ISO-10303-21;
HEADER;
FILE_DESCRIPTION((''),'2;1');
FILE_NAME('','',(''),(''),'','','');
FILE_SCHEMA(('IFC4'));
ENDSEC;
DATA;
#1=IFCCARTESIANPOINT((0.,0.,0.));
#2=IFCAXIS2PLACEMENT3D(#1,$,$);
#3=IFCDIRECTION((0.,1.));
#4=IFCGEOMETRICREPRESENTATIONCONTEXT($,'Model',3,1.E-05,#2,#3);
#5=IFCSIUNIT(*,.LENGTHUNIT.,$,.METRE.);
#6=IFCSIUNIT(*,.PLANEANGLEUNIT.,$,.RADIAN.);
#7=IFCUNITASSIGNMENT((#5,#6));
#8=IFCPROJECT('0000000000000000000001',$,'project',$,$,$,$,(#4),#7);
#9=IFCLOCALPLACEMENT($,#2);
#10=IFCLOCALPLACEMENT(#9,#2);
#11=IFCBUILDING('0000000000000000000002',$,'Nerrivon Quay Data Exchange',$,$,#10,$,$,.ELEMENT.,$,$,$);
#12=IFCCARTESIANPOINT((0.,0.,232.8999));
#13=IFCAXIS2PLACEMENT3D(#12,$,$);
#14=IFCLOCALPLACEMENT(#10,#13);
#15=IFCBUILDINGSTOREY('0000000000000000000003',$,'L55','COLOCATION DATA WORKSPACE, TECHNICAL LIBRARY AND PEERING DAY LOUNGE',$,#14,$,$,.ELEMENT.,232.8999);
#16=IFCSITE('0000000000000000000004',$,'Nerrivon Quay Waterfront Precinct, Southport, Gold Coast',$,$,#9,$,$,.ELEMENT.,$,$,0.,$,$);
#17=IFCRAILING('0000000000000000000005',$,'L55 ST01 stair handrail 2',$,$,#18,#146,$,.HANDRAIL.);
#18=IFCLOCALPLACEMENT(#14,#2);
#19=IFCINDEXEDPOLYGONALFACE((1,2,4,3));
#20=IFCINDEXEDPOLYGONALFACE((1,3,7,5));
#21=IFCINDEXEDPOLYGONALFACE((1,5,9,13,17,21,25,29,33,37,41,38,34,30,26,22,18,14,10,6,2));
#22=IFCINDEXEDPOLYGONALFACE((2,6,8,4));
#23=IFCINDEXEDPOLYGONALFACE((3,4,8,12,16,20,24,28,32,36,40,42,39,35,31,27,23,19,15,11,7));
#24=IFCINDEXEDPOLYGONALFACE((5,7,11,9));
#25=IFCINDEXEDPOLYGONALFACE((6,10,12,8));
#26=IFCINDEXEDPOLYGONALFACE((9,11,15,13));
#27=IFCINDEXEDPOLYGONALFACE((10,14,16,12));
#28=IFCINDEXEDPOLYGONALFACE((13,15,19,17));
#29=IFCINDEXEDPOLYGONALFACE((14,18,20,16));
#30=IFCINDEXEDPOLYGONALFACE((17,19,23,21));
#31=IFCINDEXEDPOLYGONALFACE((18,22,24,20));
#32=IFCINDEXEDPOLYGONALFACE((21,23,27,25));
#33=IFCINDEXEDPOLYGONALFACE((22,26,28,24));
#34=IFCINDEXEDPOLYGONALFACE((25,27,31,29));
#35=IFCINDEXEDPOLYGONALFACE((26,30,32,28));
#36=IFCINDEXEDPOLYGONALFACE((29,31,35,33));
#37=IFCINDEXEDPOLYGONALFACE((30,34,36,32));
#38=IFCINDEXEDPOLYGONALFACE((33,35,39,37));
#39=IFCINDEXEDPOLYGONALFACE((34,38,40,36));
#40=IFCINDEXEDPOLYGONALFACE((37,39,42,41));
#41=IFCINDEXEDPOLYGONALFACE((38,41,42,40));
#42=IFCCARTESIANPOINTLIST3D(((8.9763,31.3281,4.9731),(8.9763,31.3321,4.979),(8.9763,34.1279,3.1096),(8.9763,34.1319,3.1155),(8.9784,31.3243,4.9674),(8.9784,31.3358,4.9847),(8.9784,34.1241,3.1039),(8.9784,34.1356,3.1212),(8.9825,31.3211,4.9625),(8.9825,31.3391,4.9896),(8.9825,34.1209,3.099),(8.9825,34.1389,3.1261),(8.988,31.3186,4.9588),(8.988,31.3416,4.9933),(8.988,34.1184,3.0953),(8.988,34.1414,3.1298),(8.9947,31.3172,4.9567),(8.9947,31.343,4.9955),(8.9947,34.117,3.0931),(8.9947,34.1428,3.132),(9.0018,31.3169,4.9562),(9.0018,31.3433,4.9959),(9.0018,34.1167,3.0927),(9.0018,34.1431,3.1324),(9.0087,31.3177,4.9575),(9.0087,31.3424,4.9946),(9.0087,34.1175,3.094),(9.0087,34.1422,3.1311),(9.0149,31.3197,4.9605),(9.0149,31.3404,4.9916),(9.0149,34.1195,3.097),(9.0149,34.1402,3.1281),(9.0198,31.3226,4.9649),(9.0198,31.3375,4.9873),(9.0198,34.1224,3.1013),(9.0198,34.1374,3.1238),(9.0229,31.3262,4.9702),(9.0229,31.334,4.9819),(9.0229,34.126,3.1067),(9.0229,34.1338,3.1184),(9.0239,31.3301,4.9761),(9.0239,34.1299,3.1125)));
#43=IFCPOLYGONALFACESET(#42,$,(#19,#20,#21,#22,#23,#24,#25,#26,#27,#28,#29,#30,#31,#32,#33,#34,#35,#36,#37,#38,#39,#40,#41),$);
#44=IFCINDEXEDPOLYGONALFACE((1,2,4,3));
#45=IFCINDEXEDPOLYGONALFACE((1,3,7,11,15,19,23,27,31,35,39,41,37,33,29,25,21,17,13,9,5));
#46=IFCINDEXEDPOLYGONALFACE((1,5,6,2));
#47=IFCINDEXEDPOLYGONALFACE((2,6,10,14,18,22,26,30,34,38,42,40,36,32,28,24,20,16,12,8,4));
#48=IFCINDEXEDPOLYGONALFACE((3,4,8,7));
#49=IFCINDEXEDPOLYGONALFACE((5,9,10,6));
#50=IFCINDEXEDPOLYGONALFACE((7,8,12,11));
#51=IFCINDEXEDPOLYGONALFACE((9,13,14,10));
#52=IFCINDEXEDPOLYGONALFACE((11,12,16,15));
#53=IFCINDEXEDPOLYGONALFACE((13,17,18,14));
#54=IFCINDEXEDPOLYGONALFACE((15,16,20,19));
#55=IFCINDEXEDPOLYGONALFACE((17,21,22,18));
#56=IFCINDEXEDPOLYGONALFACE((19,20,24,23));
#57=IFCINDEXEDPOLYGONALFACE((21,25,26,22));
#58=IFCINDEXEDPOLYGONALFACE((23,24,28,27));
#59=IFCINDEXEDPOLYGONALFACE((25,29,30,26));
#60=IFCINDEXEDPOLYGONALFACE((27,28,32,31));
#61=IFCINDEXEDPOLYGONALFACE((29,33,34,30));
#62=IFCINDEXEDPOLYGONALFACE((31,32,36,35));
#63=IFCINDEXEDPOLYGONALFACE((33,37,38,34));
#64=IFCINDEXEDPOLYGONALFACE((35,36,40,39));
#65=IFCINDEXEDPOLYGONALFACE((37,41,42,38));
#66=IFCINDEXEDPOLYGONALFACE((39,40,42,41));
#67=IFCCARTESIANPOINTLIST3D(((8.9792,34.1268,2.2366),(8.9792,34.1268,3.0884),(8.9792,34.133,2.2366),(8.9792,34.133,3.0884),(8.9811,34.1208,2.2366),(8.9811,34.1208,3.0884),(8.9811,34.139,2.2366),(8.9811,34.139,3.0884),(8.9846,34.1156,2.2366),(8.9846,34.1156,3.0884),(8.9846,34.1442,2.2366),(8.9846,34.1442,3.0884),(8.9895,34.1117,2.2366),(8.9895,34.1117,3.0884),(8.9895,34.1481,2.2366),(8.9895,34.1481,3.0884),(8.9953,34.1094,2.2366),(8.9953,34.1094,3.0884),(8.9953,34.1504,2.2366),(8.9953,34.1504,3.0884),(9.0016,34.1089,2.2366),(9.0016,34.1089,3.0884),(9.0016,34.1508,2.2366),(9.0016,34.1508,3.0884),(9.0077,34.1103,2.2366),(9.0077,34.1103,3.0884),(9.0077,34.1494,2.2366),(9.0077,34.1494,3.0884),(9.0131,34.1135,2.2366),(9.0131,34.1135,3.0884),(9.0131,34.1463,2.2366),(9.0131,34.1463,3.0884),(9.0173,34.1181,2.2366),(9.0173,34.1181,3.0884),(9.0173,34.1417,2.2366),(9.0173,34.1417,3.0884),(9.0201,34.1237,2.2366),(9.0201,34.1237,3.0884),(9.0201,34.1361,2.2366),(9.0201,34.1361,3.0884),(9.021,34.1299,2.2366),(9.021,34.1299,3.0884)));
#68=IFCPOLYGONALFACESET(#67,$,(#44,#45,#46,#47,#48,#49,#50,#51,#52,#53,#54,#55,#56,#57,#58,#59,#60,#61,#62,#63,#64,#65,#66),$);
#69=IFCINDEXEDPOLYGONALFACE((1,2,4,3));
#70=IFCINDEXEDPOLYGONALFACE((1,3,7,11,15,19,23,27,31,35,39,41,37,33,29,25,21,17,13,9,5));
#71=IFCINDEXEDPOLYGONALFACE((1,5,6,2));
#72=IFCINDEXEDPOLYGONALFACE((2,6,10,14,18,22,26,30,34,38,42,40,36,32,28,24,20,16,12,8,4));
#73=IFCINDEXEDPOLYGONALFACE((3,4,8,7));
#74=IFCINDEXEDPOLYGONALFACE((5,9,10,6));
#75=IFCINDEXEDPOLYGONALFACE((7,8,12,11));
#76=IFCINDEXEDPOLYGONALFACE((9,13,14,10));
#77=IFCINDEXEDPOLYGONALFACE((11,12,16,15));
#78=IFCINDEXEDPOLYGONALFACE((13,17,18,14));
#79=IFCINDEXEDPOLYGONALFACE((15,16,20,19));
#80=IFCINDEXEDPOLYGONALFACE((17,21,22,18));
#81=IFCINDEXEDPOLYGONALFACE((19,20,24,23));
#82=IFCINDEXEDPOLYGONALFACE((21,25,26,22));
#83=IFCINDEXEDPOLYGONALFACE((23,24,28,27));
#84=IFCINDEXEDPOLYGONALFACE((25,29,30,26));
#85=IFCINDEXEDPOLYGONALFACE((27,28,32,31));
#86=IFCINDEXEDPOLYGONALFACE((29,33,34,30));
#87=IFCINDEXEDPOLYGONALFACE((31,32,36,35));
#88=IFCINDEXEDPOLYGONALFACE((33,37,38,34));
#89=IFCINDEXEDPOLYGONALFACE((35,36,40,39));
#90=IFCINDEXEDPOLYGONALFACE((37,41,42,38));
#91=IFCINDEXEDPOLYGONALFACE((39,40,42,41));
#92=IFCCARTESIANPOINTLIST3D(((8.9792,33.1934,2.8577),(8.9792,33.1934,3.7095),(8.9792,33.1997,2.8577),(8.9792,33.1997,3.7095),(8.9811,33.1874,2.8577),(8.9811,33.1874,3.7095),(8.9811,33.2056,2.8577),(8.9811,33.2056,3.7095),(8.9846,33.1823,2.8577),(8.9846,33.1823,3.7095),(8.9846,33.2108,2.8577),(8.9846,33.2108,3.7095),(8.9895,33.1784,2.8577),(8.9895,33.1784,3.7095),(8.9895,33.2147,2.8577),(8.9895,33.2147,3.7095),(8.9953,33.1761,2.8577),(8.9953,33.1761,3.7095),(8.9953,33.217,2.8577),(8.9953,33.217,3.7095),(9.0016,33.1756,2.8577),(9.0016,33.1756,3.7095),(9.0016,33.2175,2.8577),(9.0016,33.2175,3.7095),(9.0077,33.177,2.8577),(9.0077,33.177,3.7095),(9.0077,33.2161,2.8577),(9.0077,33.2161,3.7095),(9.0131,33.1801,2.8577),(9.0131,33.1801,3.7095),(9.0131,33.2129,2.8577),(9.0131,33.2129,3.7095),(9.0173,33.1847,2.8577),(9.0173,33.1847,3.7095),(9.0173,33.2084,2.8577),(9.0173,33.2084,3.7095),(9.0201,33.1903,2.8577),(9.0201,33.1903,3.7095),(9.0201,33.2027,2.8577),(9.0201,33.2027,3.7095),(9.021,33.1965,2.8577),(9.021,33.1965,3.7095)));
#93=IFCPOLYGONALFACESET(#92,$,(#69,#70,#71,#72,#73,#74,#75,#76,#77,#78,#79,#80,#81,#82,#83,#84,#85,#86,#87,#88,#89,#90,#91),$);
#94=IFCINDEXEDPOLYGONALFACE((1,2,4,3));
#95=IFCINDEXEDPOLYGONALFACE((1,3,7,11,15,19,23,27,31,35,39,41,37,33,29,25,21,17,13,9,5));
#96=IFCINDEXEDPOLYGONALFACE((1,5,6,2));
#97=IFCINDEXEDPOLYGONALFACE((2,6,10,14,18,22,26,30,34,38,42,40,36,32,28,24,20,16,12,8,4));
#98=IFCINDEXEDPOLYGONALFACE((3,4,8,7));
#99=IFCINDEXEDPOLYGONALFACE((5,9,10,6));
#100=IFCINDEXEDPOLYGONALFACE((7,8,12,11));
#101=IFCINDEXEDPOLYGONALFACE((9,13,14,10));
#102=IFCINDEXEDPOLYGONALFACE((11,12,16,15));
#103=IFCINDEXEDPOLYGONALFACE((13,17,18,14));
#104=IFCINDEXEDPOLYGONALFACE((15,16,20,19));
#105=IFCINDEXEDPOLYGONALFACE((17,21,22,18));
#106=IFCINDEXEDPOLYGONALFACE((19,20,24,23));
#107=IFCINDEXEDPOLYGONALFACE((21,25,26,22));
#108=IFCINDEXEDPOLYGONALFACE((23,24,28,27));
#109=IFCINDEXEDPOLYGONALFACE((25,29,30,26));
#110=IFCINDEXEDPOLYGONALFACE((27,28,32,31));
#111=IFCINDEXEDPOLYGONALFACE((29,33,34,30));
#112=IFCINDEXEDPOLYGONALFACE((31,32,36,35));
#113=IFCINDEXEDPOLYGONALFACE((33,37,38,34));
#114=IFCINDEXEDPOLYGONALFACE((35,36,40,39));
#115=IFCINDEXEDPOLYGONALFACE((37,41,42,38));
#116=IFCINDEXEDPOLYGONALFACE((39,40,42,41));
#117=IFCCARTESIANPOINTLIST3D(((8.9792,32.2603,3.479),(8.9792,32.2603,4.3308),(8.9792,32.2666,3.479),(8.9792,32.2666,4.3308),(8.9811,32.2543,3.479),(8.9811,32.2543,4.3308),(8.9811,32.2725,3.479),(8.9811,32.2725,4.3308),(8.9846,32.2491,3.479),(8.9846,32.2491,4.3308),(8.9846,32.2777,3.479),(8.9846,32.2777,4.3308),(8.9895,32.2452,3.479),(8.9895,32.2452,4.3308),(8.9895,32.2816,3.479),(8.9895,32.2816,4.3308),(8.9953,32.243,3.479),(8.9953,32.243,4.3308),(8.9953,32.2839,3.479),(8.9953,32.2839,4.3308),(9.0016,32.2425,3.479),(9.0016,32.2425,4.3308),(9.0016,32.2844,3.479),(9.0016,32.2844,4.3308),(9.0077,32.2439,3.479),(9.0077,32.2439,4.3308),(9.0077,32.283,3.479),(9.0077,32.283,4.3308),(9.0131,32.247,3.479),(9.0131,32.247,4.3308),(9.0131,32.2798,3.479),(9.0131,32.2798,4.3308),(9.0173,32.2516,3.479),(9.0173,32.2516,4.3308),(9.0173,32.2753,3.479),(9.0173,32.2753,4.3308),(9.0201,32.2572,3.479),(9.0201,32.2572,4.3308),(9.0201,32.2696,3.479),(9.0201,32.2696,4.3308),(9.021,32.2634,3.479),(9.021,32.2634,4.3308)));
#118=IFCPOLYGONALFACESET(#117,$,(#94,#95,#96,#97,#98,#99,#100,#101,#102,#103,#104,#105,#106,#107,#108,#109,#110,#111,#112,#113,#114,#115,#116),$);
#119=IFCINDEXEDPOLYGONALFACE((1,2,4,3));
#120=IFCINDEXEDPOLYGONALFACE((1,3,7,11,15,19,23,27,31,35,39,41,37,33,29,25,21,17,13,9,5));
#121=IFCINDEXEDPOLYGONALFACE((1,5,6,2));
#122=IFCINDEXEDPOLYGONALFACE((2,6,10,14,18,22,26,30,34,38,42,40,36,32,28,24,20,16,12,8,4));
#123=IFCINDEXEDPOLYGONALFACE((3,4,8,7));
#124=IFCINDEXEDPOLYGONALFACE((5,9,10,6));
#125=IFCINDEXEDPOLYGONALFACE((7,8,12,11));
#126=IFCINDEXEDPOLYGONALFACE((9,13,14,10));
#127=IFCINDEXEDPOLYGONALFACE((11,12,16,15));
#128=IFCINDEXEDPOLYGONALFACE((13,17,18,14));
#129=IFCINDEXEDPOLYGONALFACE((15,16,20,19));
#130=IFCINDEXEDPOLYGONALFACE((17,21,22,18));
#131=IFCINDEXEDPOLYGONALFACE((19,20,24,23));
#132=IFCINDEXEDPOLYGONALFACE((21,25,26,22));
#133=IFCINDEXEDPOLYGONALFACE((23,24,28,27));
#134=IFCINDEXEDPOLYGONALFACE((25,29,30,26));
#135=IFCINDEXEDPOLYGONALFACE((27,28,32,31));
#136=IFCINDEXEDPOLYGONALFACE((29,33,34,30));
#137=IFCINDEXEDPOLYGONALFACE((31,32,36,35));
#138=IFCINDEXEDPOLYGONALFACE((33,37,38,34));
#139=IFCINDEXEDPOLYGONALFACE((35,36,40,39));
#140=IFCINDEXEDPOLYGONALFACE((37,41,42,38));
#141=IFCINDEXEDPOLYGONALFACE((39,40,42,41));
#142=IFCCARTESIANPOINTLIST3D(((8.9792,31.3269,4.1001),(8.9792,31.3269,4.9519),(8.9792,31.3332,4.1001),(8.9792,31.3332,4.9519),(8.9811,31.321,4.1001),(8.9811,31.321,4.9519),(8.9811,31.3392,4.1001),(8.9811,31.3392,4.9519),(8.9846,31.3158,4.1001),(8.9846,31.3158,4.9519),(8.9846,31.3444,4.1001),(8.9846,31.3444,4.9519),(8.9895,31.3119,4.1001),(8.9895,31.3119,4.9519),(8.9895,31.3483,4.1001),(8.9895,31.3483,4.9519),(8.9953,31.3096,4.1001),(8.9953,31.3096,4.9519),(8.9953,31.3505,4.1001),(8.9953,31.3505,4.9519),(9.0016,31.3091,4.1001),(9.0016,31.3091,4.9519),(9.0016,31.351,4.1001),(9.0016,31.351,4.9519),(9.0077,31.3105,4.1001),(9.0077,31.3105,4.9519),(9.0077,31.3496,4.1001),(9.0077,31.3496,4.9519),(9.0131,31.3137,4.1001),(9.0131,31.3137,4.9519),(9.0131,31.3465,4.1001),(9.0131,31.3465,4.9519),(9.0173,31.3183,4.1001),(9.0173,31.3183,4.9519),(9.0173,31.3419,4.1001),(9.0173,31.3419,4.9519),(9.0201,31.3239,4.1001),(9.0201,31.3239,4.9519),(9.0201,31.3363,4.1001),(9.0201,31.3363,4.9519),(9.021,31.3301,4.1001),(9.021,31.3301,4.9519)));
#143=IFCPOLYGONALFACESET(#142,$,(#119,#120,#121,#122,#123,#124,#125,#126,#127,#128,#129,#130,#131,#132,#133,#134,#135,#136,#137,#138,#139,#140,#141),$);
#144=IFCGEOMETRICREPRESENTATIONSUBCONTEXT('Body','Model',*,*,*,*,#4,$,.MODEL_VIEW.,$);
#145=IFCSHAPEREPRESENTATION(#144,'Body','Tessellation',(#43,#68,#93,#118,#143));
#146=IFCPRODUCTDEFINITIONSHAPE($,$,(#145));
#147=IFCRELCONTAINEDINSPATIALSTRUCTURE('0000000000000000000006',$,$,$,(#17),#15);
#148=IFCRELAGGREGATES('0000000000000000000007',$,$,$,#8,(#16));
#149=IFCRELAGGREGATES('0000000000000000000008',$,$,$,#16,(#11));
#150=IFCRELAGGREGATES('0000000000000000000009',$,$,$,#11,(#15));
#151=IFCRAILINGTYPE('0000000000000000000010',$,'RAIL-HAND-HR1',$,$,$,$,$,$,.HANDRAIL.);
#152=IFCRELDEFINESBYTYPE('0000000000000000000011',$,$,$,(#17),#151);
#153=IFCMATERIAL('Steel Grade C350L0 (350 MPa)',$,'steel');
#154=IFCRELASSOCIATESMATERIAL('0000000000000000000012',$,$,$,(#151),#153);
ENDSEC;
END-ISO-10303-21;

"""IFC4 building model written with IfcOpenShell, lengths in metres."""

from ifc_helpers import new_model, si_unit, direction, frame, origin, origin_2d, place, context, subcontext, project, spatial, circle, extrude, material, type_object, element, save


model = new_model("IFC4")

# Units and contexts
model_context = context("Model", 3, precision=1e-05, world=origin(), true_north=direction((0.0, 1.0)))
body_context = subcontext(model_context, "Body", "Model", "MODEL_VIEW")
ifc_project = project(units=[si_unit("LENGTHUNIT", "METRE"), si_unit("PLANEANGLEUNIT", "RADIAN")], contexts=[model_context])

# Site, building, storey
site_placement = place(None, origin())
site = spatial("IfcSite", under=ifc_project, at=site_placement, Name="Nerrivon Quay Waterfront Precinct, Southport, Gold Coast", CompositionType="ELEMENT", RefElevation=0.0)
building_placement = place(site_placement, origin())
building = spatial("IfcBuilding", under=site, at=building_placement, Name="Nerrivon Quay Data Exchange", CompositionType="ELEMENT")
storey_placement = place(building_placement, frame((0.0, 0.0, 232.8999)))
storey = spatial("IfcBuildingStorey", under=building, at=storey_placement, Name="L55", Description="COLOCATION DATA WORKSPACE, TECHNICAL LIBRARY AND PEERING DAY LOUNGE", CompositionType="ELEMENT", Elevation=232.8999)

# Shared definitions
ifc_material_1 = material(Name="Steel Grade C350L0 (350 MPa)", Category="steel")

# Railing
railing_type_1 = type_object("IfcRailingType", Name="RAIL-HAND-HR1", PredefinedType="HANDRAIL", material=ifc_material_1)
railing_1_placement = place(storey_placement, frame((9.0, 34.1299, 2.2366)))
element("IfcRailing", 1, at=railing_1_placement, inside=storey, type_object=railing_type_1, Name="L55 ST01 stair handrail 2", PredefinedType="HANDRAIL", context=body_context, shape_type="SweptSolid", body=[
    extrude(circle(Radius=0.0239, at=origin_2d()), frame((0.0, 0.0, 0.876), z_axis=(0.0, -0.832463, 0.55408), x_axis=(1.0, 0.0, 0.0)), (0.0, 0.0, 1.0), 3.3633),
    extrude(circle(Radius=0.021, at=origin_2d()), origin(), (0.0, 0.0, 1.0), 0.8518),
    extrude(circle(Radius=0.021, at=origin_2d()), frame((0.0, -0.9333, 0.6211)), (0.0, 0.0, 1.0), 0.8518),
    extrude(circle(Radius=0.021, at=origin_2d()), frame((0.0, -1.8665, 1.2424)), (0.0, 0.0, 1.0), 0.8518),
    extrude(circle(Radius=0.021, at=origin_2d()), frame((0.0, -2.7998, 1.8635)), (0.0, 0.0, 1.0), 0.8518),
])

save(model, "model.ifc")
